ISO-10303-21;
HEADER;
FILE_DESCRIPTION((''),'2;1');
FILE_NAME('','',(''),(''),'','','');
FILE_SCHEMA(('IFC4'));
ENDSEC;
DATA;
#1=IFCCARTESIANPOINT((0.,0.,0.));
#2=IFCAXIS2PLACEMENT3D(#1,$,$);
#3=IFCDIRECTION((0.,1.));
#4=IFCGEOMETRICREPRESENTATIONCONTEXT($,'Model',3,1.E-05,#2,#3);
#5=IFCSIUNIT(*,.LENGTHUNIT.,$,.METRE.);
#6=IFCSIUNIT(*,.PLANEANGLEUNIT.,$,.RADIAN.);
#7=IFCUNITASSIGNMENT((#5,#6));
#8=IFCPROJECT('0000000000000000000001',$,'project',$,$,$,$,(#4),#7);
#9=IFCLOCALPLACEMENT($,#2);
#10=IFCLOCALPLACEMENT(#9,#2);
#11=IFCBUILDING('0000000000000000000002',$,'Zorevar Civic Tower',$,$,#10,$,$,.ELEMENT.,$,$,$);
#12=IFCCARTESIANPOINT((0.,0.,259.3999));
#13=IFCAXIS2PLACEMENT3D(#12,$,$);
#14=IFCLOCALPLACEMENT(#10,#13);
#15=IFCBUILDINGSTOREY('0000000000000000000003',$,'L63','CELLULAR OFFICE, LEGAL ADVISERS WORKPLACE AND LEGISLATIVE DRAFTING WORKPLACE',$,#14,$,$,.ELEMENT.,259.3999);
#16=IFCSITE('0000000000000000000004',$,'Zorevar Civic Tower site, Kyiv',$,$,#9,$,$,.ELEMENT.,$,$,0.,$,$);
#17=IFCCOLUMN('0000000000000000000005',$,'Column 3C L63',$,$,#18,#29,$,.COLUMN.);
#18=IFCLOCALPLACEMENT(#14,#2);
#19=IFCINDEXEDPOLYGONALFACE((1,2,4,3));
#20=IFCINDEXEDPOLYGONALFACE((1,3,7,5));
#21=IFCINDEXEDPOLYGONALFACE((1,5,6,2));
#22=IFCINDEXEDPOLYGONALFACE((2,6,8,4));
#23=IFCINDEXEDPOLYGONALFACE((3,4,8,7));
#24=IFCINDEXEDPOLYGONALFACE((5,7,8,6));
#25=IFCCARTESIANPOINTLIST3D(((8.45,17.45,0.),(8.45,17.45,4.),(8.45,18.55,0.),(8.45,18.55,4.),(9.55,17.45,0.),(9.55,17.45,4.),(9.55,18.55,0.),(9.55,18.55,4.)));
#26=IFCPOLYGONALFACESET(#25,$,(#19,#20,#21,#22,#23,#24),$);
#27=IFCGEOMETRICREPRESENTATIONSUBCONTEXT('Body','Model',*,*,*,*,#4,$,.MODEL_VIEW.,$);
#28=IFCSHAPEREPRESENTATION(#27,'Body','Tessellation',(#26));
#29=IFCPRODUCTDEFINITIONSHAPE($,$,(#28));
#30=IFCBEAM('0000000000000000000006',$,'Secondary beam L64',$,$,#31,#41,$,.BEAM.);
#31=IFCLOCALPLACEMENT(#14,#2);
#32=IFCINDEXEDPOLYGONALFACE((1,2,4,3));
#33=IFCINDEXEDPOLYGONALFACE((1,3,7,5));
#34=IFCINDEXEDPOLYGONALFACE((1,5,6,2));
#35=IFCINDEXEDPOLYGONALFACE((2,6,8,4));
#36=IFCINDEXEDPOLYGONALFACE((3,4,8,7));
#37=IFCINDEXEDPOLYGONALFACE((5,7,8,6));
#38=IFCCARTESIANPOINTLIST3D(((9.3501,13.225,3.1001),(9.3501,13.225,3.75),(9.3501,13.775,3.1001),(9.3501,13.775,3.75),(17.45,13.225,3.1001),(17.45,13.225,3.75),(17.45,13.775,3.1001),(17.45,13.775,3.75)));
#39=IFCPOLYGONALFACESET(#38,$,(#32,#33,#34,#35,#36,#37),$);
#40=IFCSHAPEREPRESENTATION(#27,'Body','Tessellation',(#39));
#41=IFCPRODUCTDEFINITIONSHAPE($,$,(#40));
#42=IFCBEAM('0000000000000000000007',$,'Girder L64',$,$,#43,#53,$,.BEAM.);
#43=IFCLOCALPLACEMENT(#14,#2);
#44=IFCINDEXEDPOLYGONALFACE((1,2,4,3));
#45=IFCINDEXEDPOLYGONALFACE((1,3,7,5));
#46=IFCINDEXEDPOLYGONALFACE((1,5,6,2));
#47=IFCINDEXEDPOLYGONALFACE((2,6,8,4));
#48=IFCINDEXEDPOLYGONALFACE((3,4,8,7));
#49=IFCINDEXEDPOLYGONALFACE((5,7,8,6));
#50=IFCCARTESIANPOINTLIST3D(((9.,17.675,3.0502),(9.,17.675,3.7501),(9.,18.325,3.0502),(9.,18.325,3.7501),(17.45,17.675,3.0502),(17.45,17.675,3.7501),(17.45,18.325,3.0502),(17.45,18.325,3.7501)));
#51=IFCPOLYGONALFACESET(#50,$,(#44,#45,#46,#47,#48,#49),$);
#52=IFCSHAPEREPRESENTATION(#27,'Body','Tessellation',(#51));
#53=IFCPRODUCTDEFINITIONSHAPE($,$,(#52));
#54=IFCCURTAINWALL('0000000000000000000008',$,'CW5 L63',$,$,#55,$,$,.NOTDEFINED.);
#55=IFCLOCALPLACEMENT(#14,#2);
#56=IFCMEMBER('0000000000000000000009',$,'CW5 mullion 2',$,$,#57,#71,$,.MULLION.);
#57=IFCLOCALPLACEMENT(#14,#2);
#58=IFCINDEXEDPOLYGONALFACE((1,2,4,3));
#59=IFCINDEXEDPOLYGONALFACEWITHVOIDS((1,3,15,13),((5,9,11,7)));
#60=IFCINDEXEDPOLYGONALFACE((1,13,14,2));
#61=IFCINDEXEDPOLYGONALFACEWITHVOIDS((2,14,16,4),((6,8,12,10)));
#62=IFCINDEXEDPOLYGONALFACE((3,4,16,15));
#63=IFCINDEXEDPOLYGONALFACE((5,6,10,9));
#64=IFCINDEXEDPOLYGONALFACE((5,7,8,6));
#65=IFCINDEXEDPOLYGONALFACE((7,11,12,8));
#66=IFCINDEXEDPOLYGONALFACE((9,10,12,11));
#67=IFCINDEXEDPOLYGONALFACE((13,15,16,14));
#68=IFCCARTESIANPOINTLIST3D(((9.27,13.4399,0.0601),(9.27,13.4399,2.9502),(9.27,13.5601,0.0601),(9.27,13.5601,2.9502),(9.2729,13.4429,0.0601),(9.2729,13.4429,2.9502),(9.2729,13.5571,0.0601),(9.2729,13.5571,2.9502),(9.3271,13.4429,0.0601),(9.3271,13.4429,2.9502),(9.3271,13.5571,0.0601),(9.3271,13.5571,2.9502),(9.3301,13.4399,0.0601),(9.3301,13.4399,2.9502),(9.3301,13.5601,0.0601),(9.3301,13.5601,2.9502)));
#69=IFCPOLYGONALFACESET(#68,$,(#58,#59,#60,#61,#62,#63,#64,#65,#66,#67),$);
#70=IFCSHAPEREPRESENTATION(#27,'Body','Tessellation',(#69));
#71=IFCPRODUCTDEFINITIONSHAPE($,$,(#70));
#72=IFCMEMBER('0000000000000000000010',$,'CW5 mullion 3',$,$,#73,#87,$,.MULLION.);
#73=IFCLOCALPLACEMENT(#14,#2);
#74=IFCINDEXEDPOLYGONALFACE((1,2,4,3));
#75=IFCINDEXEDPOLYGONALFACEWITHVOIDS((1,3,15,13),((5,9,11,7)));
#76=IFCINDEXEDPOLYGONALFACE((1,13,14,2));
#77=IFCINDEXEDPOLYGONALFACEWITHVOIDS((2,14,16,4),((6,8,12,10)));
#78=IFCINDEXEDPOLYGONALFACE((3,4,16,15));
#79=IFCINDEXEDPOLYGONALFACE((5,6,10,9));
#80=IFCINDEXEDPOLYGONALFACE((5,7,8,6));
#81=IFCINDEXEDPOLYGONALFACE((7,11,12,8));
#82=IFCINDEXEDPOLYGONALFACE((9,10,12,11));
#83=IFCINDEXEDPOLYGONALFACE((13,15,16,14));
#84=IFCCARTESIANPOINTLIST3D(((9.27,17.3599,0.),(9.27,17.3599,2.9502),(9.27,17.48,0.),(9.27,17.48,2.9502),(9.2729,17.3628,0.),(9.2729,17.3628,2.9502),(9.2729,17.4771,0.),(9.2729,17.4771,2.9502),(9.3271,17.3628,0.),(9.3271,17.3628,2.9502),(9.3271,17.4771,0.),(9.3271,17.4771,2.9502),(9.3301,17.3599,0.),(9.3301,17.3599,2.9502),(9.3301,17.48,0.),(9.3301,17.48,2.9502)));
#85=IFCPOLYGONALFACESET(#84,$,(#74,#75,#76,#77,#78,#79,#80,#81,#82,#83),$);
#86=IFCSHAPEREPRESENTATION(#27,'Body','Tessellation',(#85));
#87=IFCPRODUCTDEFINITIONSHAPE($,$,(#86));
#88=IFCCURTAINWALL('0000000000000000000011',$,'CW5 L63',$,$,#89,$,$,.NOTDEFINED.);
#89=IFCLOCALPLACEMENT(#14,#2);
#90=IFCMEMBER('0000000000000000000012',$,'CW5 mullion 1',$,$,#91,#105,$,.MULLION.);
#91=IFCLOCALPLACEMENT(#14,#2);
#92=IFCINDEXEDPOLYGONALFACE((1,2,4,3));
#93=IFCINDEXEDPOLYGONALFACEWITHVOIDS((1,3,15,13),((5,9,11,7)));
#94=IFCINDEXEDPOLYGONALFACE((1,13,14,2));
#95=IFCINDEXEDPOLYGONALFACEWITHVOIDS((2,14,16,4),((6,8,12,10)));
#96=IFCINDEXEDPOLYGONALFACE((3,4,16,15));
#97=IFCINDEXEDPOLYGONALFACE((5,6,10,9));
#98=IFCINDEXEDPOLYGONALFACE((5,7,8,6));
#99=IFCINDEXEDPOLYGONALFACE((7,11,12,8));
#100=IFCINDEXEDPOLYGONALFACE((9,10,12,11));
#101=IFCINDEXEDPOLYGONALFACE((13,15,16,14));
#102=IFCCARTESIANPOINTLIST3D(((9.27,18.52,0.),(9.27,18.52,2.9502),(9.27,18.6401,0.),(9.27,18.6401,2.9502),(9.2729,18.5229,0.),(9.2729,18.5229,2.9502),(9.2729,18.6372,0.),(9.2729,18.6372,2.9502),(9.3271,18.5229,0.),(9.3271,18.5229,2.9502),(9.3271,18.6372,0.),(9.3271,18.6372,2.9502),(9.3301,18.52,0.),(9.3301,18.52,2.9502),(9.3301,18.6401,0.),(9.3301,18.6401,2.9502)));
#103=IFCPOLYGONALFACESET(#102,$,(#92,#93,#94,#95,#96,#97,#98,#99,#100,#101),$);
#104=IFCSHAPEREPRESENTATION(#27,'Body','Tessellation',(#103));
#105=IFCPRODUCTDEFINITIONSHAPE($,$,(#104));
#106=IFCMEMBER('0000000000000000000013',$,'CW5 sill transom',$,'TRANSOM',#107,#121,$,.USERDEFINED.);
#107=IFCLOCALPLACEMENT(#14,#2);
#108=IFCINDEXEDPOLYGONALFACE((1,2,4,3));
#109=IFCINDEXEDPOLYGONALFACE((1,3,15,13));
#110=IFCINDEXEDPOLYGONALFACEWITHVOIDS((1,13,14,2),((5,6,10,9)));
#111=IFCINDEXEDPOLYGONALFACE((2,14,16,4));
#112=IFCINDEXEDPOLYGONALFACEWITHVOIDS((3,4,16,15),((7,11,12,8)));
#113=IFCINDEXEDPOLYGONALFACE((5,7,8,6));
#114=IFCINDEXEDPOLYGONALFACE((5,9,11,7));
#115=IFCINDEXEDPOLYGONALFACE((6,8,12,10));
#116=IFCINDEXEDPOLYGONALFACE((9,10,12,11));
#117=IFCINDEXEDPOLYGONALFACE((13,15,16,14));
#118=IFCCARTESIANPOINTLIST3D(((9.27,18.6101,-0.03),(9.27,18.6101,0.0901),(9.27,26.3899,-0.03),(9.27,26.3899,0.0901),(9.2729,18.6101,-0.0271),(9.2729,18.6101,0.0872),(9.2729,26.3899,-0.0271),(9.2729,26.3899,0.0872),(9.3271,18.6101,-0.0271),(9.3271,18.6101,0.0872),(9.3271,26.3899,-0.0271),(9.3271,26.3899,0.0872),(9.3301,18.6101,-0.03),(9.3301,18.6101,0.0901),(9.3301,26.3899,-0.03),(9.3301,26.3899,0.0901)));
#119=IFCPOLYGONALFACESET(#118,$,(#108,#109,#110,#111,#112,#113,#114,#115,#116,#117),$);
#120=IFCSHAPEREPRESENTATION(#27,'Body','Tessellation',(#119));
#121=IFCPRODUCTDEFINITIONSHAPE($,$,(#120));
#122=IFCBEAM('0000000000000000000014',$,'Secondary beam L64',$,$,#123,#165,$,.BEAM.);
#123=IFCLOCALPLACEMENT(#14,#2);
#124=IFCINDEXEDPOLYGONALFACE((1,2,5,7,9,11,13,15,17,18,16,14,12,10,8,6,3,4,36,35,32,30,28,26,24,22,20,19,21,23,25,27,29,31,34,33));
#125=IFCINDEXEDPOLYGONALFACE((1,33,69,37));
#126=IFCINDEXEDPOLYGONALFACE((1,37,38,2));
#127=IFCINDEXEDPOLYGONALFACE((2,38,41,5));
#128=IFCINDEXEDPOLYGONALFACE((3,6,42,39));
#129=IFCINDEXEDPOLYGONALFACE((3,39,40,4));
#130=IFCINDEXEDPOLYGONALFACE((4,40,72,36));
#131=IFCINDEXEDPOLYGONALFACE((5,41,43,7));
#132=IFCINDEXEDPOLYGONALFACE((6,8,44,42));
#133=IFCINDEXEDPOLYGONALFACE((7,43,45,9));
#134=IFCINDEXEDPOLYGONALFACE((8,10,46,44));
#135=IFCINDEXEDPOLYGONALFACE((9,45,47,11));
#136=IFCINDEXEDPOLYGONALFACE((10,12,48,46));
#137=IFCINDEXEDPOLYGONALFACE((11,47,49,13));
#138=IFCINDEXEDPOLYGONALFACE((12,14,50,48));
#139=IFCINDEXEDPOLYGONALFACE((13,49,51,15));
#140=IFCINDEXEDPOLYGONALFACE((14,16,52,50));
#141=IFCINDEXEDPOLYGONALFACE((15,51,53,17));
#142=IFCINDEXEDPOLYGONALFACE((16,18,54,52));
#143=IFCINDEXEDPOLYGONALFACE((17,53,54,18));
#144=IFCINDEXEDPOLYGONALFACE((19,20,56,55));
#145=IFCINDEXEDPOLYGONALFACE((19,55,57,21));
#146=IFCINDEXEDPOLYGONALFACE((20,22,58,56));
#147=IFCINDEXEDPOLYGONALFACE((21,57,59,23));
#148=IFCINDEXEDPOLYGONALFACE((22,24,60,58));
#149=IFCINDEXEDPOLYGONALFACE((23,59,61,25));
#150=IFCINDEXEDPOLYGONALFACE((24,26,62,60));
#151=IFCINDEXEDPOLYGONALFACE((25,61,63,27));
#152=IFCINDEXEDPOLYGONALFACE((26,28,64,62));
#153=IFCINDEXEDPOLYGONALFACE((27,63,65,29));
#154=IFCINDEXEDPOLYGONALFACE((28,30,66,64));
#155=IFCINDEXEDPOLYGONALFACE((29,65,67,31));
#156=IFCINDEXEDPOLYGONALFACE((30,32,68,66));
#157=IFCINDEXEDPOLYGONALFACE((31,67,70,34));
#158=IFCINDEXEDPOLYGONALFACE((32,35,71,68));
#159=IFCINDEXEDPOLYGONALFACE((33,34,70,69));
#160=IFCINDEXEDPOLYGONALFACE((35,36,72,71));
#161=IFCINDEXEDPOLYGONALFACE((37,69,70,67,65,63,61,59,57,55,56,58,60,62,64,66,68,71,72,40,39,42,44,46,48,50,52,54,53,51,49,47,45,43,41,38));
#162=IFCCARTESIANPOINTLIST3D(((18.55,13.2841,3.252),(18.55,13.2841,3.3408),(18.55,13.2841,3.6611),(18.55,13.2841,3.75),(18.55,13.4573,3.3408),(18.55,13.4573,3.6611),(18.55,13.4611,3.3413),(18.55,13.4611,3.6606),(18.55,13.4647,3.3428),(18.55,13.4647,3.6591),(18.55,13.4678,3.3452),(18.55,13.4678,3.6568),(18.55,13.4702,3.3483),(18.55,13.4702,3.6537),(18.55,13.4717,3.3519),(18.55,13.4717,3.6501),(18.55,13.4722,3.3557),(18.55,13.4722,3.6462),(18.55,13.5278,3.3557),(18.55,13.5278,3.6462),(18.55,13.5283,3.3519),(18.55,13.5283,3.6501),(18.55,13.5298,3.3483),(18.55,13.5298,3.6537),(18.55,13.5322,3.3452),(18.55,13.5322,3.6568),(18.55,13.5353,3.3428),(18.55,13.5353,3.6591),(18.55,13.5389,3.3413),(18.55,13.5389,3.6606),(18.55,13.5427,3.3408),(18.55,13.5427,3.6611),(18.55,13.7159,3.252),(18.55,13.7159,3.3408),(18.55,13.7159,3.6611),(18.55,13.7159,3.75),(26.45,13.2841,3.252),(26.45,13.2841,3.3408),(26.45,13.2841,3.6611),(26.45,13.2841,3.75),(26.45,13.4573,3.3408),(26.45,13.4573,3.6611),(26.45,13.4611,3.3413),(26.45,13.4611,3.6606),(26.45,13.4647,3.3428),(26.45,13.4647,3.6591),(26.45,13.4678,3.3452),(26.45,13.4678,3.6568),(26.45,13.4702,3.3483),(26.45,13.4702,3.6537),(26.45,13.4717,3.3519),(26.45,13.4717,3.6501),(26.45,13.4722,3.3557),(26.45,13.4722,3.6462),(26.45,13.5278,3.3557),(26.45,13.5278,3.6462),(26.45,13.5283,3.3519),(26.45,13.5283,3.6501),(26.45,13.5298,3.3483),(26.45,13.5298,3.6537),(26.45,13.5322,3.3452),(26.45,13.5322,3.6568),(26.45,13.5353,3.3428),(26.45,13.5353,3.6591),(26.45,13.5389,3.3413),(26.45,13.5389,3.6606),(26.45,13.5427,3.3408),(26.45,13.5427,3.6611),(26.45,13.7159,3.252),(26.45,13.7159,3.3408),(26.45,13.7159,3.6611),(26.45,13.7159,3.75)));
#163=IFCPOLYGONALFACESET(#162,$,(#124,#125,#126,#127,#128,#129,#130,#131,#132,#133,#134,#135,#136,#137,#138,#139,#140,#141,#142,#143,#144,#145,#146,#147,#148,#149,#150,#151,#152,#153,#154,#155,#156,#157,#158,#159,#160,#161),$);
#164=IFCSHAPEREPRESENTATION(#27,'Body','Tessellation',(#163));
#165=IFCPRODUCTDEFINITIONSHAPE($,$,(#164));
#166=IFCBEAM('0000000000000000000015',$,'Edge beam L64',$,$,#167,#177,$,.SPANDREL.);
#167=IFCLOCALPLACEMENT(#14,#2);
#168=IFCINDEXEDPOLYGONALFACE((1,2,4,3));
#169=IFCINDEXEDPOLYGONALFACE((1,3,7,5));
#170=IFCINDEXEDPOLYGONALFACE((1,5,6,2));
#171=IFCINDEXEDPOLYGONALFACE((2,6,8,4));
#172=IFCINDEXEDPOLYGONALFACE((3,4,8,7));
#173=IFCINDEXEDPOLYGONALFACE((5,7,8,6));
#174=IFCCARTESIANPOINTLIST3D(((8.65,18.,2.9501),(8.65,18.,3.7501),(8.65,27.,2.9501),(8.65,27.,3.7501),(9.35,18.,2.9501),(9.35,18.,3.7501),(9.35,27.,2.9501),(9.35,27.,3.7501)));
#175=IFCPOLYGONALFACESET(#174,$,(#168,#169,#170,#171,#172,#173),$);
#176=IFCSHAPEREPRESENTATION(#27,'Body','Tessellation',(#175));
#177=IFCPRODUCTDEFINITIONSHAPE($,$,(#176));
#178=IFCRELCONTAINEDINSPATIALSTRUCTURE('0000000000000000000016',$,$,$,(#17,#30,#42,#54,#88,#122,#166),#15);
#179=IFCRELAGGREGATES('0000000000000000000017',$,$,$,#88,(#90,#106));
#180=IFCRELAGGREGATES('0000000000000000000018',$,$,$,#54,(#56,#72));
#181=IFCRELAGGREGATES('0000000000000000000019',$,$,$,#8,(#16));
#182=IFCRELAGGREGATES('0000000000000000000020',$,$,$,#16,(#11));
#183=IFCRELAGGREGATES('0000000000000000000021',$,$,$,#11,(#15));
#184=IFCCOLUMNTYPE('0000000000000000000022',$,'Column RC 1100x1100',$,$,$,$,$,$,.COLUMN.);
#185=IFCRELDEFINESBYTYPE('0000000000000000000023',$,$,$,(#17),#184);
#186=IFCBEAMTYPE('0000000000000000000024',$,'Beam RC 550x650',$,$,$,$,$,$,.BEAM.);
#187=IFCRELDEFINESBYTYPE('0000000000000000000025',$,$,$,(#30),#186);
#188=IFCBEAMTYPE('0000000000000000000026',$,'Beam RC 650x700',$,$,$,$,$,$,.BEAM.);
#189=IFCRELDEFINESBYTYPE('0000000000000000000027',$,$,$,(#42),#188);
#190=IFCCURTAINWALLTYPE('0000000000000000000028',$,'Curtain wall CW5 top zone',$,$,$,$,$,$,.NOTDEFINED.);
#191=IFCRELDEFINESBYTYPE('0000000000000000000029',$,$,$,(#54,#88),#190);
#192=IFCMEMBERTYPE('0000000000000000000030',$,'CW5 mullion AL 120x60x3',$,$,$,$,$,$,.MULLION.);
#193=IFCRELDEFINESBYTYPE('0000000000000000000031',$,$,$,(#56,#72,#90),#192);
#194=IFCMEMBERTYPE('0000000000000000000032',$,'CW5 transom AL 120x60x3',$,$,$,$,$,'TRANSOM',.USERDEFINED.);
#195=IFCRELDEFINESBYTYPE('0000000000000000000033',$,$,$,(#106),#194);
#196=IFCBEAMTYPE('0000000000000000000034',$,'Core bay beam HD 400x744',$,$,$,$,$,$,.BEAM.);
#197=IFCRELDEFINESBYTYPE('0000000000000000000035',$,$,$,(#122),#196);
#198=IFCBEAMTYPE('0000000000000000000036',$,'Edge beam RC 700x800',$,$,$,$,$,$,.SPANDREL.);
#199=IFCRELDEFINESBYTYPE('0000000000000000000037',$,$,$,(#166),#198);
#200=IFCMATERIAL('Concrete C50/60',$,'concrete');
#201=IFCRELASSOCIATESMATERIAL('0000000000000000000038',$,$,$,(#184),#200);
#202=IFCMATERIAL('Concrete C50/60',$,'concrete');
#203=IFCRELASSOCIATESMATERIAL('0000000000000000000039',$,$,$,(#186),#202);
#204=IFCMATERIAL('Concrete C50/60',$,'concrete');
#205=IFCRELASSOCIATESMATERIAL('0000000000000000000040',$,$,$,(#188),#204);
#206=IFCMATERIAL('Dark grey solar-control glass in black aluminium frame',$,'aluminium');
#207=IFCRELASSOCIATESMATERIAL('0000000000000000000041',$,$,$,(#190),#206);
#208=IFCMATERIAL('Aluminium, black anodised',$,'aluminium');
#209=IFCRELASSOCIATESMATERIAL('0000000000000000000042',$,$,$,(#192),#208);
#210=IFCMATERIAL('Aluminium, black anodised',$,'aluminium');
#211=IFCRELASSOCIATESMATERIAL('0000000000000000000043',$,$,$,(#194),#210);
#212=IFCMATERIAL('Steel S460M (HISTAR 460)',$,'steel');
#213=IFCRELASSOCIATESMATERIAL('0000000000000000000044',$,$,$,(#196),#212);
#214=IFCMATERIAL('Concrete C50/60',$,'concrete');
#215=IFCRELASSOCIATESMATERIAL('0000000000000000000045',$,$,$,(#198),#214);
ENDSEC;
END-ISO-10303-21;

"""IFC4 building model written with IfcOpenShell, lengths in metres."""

from ifc_helpers import new_model, si_unit, direction, frame, origin, origin_2d, place, context, subcontext, project, spatial, rectangle, hollow_rectangle, i_section, extrude, material, material_profile, profile_set, type_object, element, aggregate, save


model = new_model("IFC4")

# Units and contexts
model_context = context("Model", 3, precision=1e-05, world=origin(), true_north=direction((0.0, 1.0)))
body_context = subcontext(model_context, "Body", "Model", "MODEL_VIEW")
ifc_project = project(units=[si_unit("LENGTHUNIT", "METRE"), si_unit("PLANEANGLEUNIT", "RADIAN")], contexts=[model_context])

# Site, building, storey
site_placement = place(None, origin())
site = spatial("IfcSite", under=ifc_project, at=site_placement, Name="Zorevar Civic Tower site, Kyiv", CompositionType="ELEMENT", RefElevation=0.0)
building_placement = place(site_placement, origin())
building = spatial("IfcBuilding", under=site, at=building_placement, Name="Zorevar Civic Tower", CompositionType="ELEMENT")
storey_placement = place(building_placement, frame((0.0, 0.0, 259.3999)))
storey = spatial("IfcBuildingStorey", under=building, at=storey_placement, Name="L63", Description="CELLULAR OFFICE, LEGAL ADVISERS WORKPLACE AND LEGISLATIVE DRAFTING WORKPLACE", CompositionType="ELEMENT", Elevation=259.3999)

# Column
ifc_material_1 = material(Name="Concrete C50/60", Category="concrete")
ifc_material_profile_1 = material_profile(ifc_material_1, rectangle(XDim=1.1001, YDim=1.1001, at=origin_2d()), Name="RC 1100x1100")
ifc_profile_set_1 = profile_set([ifc_material_profile_1], Name="Concrete C50/60")
column_type = type_object("IfcColumnType", Name="Column RC 1100x1100", PredefinedType="COLUMN", material=ifc_profile_set_1)
column_placement = place(storey_placement, frame((9.0, 18.0, 0.0), z_axis=(0.0, 0.0, 1.0), x_axis=(1.0, 0.0, 0.0)))
element("IfcColumn", 1, at=column_placement, inside=storey, type_object=column_type, Name="Column 3C L63", PredefinedType="COLUMN", context=body_context, shape_type="SweptSolid", body=[
    extrude(rectangle(XDim=1.1001, YDim=1.1001, at=origin_2d()), origin(), (0.0, 0.0, 1.0), 4.0),
])

# Beams
ifc_material_2 = material(Name="Concrete C50/60", Category="concrete")
ifc_material_profile_2 = material_profile(ifc_material_2, rectangle(XDim=0.55, YDim=0.6499, at=origin_2d()), Name="RC 550x650")
ifc_profile_set_2 = profile_set([ifc_material_profile_2], Name="Concrete C50/60")
beam_type_1 = type_object("IfcBeamType", Name="Beam RC 550x650", PredefinedType="BEAM", material=ifc_profile_set_2)
beam_1_placement = place(storey_placement, frame((9.3501, 13.5, 3.425), z_axis=(1.0, 0.0, 0.0), x_axis=(0.0, 1.0, 0.0)))
element("IfcBeam", 2, at=beam_1_placement, inside=storey, type_object=beam_type_1, Name="Secondary beam L64", PredefinedType="BEAM", context=body_context, shape_type="SweptSolid", body=[
    extrude(rectangle(XDim=0.55, YDim=0.6499, at=origin_2d()), origin(), (0.0, 0.0, 1.0), 8.0999),
])
ifc_material_3 = material(Name="Concrete C50/60", Category="concrete")
ifc_material_profile_3 = material_profile(ifc_material_3, rectangle(XDim=0.6499, YDim=0.7, at=origin_2d()), Name="RC 650x700")
ifc_profile_set_3 = profile_set([ifc_material_profile_3], Name="Concrete C50/60")
beam_type_2 = type_object("IfcBeamType", Name="Beam RC 650x700", PredefinedType="BEAM", material=ifc_profile_set_3)
beam_2_placement = place(storey_placement, frame((9.0, 18.0, 3.4001), z_axis=(1.0, 0.0, 0.0), x_axis=(0.0, 1.0, 0.0)))
element("IfcBeam", 3, at=beam_2_placement, inside=storey, type_object=beam_type_2, Name="Girder L64", PredefinedType="BEAM", context=body_context, shape_type="SweptSolid", body=[
    extrude(rectangle(XDim=0.6499, YDim=0.7, at=origin_2d()), origin(), (0.0, 0.0, 1.0), 8.45),
])

# Curtain walls, members
ifc_material_4 = material(Name="Dark grey solar-control glass in black aluminium frame", Category="aluminium")
curtain_wall_type = type_object("IfcCurtainWallType", Name="Curtain wall CW5 top zone", PredefinedType="NOTDEFINED", material=ifc_material_4)
curtain_wall_1_placement = place(storey_placement, origin())
curtain_wall_1 = element("IfcCurtainWall", 4, at=curtain_wall_1_placement, inside=storey, type_object=curtain_wall_type, Name="CW5 L63", PredefinedType="NOTDEFINED")
ifc_material_5 = material(Name="Aluminium, black anodised", Category="aluminium")
ifc_material_profile_4 = material_profile(ifc_material_5, hollow_rectangle(XDim=0.0601, YDim=0.1201, WallThickness=0.0029, at=origin_2d()), Name="AL 120x60x3")
ifc_profile_set_4 = profile_set([ifc_material_profile_4], Name="Aluminium, black anodised")
member_type_1 = type_object("IfcMemberType", Name="CW5 mullion AL 120x60x3", PredefinedType="MULLION", material=ifc_profile_set_4)
member_1_placement = place(storey_placement, frame((9.3, 13.5, 0.0601), z_axis=(0.0, 0.0, 1.0), x_axis=(-1.0, 0.0, 0.0)))
member_1 = element("IfcMember", 5, at=member_1_placement, type_object=member_type_1, Name="CW5 mullion 2", PredefinedType="MULLION", context=body_context, shape_type="SweptSolid", body=[
    extrude(hollow_rectangle(XDim=0.0601, YDim=0.1201, WallThickness=0.0029, at=origin_2d()), origin(), (0.0, 0.0, 1.0), 2.8901),
])
member_2_placement = place(storey_placement, frame((9.3, 17.4199, 0.0), z_axis=(0.0, 0.0, 1.0), x_axis=(-1.0, 0.0, 0.0)))
member_2 = element("IfcMember", 6, at=member_2_placement, type_object=member_type_1, Name="CW5 mullion 3", PredefinedType="MULLION", context=body_context, shape_type="SweptSolid", body=[
    extrude(hollow_rectangle(XDim=0.0601, YDim=0.1201, WallThickness=0.0029, at=origin_2d()), origin(), (0.0, 0.0, 1.0), 2.9502),
])
curtain_wall_2_placement = place(storey_placement, origin())
curtain_wall_2 = element("IfcCurtainWall", 7, at=curtain_wall_2_placement, inside=storey, type_object=curtain_wall_type, Name="CW5 L63", PredefinedType="NOTDEFINED")
member_3_placement = place(storey_placement, frame((9.3, 18.5801, 0.0), z_axis=(0.0, 0.0, 1.0), x_axis=(-1.0, 0.0, 0.0)))
member_3 = element("IfcMember", 8, at=member_3_placement, type_object=member_type_1, Name="CW5 mullion 1", PredefinedType="MULLION", context=body_context, shape_type="SweptSolid", body=[
    extrude(hollow_rectangle(XDim=0.0601, YDim=0.1201, WallThickness=0.0029, at=origin_2d()), origin(), (0.0, 0.0, 1.0), 2.9502),
])
ifc_material_6 = material(Name="Aluminium, black anodised", Category="aluminium")
ifc_material_profile_5 = material_profile(ifc_material_6, hollow_rectangle(XDim=0.0601, YDim=0.1201, WallThickness=0.0029, at=origin_2d()), Name="AL 120x60x3")
ifc_profile_set_5 = profile_set([ifc_material_profile_5], Name="Aluminium, black anodised")
member_type_2 = type_object("IfcMemberType", Name="CW5 transom AL 120x60x3", ElementType="TRANSOM", PredefinedType="USERDEFINED", material=ifc_profile_set_5)
member_4_placement = place(storey_placement, frame((9.3, 18.6101, 0.03), z_axis=(0.0, 1.0, 0.0), x_axis=(-1.0, 0.0, 0.0)))
member_4 = element("IfcMember", 9, at=member_4_placement, type_object=member_type_2, Name="CW5 sill transom", ObjectType="TRANSOM", PredefinedType="USERDEFINED", context=body_context, shape_type="SweptSolid", body=[
    extrude(hollow_rectangle(XDim=0.0601, YDim=0.1201, WallThickness=0.0029, at=origin_2d()), origin(), (0.0, 0.0, 1.0), 7.7798),
])
aggregate(curtain_wall_2, [member_3, member_4])

# Beams
ifc_material_7 = material(Name="Steel S460M (HISTAR 460)", Category="steel")
ifc_material_profile_6 = material_profile(ifc_material_7, i_section(OverallWidth=0.4319, OverallDepth=0.498, WebThickness=0.0557, FlangeThickness=0.0889, FilletRadius=0.0149, at=origin_2d()), Name="HD 400x744")
ifc_profile_set_6 = profile_set([ifc_material_profile_6], Name="Steel S460M (HISTAR 460)")
beam_type_3 = type_object("IfcBeamType", Name="Core bay beam HD 400x744", PredefinedType="BEAM", material=ifc_profile_set_6)
beam_3_placement = place(storey_placement, frame((18.55, 13.5, 3.501), z_axis=(1.0, 0.0, 0.0), x_axis=(0.0, 1.0, 0.0)))
element("IfcBeam", 10, at=beam_3_placement, inside=storey, type_object=beam_type_3, Name="Secondary beam L64", PredefinedType="BEAM", context=body_context, shape_type="SweptSolid", body=[
    extrude(i_section(OverallWidth=0.4319, OverallDepth=0.498, WebThickness=0.0557, FlangeThickness=0.0889, FilletRadius=0.0149, at=origin_2d()), origin(), (0.0, 0.0, 1.0), 7.8999),
])
ifc_material_8 = material(Name="Concrete C50/60", Category="concrete")
ifc_material_profile_7 = material_profile(ifc_material_8, rectangle(XDim=0.7, YDim=0.8, at=origin_2d()), Name="RC 700x800")
ifc_profile_set_7 = profile_set([ifc_material_profile_7], Name="Concrete C50/60")
beam_type_4 = type_object("IfcBeamType", Name="Edge beam RC 700x800", PredefinedType="SPANDREL", material=ifc_profile_set_7)
beam_4_placement = place(storey_placement, frame((9.0, 18.0, 3.3501), z_axis=(0.0, 1.0, 0.0), x_axis=(-1.0, 0.0, 0.0)))
element("IfcBeam", 11, at=beam_4_placement, inside=storey, type_object=beam_type_4, Name="Edge beam L64", PredefinedType="SPANDREL", context=body_context, shape_type="SweptSolid", body=[
    extrude(rectangle(XDim=0.7, YDim=0.8, at=origin_2d()), origin(), (0.0, 0.0, 1.0), 9.0),
])

aggregate(curtain_wall_1, [member_1, member_2])

save(model, "model.ifc")
